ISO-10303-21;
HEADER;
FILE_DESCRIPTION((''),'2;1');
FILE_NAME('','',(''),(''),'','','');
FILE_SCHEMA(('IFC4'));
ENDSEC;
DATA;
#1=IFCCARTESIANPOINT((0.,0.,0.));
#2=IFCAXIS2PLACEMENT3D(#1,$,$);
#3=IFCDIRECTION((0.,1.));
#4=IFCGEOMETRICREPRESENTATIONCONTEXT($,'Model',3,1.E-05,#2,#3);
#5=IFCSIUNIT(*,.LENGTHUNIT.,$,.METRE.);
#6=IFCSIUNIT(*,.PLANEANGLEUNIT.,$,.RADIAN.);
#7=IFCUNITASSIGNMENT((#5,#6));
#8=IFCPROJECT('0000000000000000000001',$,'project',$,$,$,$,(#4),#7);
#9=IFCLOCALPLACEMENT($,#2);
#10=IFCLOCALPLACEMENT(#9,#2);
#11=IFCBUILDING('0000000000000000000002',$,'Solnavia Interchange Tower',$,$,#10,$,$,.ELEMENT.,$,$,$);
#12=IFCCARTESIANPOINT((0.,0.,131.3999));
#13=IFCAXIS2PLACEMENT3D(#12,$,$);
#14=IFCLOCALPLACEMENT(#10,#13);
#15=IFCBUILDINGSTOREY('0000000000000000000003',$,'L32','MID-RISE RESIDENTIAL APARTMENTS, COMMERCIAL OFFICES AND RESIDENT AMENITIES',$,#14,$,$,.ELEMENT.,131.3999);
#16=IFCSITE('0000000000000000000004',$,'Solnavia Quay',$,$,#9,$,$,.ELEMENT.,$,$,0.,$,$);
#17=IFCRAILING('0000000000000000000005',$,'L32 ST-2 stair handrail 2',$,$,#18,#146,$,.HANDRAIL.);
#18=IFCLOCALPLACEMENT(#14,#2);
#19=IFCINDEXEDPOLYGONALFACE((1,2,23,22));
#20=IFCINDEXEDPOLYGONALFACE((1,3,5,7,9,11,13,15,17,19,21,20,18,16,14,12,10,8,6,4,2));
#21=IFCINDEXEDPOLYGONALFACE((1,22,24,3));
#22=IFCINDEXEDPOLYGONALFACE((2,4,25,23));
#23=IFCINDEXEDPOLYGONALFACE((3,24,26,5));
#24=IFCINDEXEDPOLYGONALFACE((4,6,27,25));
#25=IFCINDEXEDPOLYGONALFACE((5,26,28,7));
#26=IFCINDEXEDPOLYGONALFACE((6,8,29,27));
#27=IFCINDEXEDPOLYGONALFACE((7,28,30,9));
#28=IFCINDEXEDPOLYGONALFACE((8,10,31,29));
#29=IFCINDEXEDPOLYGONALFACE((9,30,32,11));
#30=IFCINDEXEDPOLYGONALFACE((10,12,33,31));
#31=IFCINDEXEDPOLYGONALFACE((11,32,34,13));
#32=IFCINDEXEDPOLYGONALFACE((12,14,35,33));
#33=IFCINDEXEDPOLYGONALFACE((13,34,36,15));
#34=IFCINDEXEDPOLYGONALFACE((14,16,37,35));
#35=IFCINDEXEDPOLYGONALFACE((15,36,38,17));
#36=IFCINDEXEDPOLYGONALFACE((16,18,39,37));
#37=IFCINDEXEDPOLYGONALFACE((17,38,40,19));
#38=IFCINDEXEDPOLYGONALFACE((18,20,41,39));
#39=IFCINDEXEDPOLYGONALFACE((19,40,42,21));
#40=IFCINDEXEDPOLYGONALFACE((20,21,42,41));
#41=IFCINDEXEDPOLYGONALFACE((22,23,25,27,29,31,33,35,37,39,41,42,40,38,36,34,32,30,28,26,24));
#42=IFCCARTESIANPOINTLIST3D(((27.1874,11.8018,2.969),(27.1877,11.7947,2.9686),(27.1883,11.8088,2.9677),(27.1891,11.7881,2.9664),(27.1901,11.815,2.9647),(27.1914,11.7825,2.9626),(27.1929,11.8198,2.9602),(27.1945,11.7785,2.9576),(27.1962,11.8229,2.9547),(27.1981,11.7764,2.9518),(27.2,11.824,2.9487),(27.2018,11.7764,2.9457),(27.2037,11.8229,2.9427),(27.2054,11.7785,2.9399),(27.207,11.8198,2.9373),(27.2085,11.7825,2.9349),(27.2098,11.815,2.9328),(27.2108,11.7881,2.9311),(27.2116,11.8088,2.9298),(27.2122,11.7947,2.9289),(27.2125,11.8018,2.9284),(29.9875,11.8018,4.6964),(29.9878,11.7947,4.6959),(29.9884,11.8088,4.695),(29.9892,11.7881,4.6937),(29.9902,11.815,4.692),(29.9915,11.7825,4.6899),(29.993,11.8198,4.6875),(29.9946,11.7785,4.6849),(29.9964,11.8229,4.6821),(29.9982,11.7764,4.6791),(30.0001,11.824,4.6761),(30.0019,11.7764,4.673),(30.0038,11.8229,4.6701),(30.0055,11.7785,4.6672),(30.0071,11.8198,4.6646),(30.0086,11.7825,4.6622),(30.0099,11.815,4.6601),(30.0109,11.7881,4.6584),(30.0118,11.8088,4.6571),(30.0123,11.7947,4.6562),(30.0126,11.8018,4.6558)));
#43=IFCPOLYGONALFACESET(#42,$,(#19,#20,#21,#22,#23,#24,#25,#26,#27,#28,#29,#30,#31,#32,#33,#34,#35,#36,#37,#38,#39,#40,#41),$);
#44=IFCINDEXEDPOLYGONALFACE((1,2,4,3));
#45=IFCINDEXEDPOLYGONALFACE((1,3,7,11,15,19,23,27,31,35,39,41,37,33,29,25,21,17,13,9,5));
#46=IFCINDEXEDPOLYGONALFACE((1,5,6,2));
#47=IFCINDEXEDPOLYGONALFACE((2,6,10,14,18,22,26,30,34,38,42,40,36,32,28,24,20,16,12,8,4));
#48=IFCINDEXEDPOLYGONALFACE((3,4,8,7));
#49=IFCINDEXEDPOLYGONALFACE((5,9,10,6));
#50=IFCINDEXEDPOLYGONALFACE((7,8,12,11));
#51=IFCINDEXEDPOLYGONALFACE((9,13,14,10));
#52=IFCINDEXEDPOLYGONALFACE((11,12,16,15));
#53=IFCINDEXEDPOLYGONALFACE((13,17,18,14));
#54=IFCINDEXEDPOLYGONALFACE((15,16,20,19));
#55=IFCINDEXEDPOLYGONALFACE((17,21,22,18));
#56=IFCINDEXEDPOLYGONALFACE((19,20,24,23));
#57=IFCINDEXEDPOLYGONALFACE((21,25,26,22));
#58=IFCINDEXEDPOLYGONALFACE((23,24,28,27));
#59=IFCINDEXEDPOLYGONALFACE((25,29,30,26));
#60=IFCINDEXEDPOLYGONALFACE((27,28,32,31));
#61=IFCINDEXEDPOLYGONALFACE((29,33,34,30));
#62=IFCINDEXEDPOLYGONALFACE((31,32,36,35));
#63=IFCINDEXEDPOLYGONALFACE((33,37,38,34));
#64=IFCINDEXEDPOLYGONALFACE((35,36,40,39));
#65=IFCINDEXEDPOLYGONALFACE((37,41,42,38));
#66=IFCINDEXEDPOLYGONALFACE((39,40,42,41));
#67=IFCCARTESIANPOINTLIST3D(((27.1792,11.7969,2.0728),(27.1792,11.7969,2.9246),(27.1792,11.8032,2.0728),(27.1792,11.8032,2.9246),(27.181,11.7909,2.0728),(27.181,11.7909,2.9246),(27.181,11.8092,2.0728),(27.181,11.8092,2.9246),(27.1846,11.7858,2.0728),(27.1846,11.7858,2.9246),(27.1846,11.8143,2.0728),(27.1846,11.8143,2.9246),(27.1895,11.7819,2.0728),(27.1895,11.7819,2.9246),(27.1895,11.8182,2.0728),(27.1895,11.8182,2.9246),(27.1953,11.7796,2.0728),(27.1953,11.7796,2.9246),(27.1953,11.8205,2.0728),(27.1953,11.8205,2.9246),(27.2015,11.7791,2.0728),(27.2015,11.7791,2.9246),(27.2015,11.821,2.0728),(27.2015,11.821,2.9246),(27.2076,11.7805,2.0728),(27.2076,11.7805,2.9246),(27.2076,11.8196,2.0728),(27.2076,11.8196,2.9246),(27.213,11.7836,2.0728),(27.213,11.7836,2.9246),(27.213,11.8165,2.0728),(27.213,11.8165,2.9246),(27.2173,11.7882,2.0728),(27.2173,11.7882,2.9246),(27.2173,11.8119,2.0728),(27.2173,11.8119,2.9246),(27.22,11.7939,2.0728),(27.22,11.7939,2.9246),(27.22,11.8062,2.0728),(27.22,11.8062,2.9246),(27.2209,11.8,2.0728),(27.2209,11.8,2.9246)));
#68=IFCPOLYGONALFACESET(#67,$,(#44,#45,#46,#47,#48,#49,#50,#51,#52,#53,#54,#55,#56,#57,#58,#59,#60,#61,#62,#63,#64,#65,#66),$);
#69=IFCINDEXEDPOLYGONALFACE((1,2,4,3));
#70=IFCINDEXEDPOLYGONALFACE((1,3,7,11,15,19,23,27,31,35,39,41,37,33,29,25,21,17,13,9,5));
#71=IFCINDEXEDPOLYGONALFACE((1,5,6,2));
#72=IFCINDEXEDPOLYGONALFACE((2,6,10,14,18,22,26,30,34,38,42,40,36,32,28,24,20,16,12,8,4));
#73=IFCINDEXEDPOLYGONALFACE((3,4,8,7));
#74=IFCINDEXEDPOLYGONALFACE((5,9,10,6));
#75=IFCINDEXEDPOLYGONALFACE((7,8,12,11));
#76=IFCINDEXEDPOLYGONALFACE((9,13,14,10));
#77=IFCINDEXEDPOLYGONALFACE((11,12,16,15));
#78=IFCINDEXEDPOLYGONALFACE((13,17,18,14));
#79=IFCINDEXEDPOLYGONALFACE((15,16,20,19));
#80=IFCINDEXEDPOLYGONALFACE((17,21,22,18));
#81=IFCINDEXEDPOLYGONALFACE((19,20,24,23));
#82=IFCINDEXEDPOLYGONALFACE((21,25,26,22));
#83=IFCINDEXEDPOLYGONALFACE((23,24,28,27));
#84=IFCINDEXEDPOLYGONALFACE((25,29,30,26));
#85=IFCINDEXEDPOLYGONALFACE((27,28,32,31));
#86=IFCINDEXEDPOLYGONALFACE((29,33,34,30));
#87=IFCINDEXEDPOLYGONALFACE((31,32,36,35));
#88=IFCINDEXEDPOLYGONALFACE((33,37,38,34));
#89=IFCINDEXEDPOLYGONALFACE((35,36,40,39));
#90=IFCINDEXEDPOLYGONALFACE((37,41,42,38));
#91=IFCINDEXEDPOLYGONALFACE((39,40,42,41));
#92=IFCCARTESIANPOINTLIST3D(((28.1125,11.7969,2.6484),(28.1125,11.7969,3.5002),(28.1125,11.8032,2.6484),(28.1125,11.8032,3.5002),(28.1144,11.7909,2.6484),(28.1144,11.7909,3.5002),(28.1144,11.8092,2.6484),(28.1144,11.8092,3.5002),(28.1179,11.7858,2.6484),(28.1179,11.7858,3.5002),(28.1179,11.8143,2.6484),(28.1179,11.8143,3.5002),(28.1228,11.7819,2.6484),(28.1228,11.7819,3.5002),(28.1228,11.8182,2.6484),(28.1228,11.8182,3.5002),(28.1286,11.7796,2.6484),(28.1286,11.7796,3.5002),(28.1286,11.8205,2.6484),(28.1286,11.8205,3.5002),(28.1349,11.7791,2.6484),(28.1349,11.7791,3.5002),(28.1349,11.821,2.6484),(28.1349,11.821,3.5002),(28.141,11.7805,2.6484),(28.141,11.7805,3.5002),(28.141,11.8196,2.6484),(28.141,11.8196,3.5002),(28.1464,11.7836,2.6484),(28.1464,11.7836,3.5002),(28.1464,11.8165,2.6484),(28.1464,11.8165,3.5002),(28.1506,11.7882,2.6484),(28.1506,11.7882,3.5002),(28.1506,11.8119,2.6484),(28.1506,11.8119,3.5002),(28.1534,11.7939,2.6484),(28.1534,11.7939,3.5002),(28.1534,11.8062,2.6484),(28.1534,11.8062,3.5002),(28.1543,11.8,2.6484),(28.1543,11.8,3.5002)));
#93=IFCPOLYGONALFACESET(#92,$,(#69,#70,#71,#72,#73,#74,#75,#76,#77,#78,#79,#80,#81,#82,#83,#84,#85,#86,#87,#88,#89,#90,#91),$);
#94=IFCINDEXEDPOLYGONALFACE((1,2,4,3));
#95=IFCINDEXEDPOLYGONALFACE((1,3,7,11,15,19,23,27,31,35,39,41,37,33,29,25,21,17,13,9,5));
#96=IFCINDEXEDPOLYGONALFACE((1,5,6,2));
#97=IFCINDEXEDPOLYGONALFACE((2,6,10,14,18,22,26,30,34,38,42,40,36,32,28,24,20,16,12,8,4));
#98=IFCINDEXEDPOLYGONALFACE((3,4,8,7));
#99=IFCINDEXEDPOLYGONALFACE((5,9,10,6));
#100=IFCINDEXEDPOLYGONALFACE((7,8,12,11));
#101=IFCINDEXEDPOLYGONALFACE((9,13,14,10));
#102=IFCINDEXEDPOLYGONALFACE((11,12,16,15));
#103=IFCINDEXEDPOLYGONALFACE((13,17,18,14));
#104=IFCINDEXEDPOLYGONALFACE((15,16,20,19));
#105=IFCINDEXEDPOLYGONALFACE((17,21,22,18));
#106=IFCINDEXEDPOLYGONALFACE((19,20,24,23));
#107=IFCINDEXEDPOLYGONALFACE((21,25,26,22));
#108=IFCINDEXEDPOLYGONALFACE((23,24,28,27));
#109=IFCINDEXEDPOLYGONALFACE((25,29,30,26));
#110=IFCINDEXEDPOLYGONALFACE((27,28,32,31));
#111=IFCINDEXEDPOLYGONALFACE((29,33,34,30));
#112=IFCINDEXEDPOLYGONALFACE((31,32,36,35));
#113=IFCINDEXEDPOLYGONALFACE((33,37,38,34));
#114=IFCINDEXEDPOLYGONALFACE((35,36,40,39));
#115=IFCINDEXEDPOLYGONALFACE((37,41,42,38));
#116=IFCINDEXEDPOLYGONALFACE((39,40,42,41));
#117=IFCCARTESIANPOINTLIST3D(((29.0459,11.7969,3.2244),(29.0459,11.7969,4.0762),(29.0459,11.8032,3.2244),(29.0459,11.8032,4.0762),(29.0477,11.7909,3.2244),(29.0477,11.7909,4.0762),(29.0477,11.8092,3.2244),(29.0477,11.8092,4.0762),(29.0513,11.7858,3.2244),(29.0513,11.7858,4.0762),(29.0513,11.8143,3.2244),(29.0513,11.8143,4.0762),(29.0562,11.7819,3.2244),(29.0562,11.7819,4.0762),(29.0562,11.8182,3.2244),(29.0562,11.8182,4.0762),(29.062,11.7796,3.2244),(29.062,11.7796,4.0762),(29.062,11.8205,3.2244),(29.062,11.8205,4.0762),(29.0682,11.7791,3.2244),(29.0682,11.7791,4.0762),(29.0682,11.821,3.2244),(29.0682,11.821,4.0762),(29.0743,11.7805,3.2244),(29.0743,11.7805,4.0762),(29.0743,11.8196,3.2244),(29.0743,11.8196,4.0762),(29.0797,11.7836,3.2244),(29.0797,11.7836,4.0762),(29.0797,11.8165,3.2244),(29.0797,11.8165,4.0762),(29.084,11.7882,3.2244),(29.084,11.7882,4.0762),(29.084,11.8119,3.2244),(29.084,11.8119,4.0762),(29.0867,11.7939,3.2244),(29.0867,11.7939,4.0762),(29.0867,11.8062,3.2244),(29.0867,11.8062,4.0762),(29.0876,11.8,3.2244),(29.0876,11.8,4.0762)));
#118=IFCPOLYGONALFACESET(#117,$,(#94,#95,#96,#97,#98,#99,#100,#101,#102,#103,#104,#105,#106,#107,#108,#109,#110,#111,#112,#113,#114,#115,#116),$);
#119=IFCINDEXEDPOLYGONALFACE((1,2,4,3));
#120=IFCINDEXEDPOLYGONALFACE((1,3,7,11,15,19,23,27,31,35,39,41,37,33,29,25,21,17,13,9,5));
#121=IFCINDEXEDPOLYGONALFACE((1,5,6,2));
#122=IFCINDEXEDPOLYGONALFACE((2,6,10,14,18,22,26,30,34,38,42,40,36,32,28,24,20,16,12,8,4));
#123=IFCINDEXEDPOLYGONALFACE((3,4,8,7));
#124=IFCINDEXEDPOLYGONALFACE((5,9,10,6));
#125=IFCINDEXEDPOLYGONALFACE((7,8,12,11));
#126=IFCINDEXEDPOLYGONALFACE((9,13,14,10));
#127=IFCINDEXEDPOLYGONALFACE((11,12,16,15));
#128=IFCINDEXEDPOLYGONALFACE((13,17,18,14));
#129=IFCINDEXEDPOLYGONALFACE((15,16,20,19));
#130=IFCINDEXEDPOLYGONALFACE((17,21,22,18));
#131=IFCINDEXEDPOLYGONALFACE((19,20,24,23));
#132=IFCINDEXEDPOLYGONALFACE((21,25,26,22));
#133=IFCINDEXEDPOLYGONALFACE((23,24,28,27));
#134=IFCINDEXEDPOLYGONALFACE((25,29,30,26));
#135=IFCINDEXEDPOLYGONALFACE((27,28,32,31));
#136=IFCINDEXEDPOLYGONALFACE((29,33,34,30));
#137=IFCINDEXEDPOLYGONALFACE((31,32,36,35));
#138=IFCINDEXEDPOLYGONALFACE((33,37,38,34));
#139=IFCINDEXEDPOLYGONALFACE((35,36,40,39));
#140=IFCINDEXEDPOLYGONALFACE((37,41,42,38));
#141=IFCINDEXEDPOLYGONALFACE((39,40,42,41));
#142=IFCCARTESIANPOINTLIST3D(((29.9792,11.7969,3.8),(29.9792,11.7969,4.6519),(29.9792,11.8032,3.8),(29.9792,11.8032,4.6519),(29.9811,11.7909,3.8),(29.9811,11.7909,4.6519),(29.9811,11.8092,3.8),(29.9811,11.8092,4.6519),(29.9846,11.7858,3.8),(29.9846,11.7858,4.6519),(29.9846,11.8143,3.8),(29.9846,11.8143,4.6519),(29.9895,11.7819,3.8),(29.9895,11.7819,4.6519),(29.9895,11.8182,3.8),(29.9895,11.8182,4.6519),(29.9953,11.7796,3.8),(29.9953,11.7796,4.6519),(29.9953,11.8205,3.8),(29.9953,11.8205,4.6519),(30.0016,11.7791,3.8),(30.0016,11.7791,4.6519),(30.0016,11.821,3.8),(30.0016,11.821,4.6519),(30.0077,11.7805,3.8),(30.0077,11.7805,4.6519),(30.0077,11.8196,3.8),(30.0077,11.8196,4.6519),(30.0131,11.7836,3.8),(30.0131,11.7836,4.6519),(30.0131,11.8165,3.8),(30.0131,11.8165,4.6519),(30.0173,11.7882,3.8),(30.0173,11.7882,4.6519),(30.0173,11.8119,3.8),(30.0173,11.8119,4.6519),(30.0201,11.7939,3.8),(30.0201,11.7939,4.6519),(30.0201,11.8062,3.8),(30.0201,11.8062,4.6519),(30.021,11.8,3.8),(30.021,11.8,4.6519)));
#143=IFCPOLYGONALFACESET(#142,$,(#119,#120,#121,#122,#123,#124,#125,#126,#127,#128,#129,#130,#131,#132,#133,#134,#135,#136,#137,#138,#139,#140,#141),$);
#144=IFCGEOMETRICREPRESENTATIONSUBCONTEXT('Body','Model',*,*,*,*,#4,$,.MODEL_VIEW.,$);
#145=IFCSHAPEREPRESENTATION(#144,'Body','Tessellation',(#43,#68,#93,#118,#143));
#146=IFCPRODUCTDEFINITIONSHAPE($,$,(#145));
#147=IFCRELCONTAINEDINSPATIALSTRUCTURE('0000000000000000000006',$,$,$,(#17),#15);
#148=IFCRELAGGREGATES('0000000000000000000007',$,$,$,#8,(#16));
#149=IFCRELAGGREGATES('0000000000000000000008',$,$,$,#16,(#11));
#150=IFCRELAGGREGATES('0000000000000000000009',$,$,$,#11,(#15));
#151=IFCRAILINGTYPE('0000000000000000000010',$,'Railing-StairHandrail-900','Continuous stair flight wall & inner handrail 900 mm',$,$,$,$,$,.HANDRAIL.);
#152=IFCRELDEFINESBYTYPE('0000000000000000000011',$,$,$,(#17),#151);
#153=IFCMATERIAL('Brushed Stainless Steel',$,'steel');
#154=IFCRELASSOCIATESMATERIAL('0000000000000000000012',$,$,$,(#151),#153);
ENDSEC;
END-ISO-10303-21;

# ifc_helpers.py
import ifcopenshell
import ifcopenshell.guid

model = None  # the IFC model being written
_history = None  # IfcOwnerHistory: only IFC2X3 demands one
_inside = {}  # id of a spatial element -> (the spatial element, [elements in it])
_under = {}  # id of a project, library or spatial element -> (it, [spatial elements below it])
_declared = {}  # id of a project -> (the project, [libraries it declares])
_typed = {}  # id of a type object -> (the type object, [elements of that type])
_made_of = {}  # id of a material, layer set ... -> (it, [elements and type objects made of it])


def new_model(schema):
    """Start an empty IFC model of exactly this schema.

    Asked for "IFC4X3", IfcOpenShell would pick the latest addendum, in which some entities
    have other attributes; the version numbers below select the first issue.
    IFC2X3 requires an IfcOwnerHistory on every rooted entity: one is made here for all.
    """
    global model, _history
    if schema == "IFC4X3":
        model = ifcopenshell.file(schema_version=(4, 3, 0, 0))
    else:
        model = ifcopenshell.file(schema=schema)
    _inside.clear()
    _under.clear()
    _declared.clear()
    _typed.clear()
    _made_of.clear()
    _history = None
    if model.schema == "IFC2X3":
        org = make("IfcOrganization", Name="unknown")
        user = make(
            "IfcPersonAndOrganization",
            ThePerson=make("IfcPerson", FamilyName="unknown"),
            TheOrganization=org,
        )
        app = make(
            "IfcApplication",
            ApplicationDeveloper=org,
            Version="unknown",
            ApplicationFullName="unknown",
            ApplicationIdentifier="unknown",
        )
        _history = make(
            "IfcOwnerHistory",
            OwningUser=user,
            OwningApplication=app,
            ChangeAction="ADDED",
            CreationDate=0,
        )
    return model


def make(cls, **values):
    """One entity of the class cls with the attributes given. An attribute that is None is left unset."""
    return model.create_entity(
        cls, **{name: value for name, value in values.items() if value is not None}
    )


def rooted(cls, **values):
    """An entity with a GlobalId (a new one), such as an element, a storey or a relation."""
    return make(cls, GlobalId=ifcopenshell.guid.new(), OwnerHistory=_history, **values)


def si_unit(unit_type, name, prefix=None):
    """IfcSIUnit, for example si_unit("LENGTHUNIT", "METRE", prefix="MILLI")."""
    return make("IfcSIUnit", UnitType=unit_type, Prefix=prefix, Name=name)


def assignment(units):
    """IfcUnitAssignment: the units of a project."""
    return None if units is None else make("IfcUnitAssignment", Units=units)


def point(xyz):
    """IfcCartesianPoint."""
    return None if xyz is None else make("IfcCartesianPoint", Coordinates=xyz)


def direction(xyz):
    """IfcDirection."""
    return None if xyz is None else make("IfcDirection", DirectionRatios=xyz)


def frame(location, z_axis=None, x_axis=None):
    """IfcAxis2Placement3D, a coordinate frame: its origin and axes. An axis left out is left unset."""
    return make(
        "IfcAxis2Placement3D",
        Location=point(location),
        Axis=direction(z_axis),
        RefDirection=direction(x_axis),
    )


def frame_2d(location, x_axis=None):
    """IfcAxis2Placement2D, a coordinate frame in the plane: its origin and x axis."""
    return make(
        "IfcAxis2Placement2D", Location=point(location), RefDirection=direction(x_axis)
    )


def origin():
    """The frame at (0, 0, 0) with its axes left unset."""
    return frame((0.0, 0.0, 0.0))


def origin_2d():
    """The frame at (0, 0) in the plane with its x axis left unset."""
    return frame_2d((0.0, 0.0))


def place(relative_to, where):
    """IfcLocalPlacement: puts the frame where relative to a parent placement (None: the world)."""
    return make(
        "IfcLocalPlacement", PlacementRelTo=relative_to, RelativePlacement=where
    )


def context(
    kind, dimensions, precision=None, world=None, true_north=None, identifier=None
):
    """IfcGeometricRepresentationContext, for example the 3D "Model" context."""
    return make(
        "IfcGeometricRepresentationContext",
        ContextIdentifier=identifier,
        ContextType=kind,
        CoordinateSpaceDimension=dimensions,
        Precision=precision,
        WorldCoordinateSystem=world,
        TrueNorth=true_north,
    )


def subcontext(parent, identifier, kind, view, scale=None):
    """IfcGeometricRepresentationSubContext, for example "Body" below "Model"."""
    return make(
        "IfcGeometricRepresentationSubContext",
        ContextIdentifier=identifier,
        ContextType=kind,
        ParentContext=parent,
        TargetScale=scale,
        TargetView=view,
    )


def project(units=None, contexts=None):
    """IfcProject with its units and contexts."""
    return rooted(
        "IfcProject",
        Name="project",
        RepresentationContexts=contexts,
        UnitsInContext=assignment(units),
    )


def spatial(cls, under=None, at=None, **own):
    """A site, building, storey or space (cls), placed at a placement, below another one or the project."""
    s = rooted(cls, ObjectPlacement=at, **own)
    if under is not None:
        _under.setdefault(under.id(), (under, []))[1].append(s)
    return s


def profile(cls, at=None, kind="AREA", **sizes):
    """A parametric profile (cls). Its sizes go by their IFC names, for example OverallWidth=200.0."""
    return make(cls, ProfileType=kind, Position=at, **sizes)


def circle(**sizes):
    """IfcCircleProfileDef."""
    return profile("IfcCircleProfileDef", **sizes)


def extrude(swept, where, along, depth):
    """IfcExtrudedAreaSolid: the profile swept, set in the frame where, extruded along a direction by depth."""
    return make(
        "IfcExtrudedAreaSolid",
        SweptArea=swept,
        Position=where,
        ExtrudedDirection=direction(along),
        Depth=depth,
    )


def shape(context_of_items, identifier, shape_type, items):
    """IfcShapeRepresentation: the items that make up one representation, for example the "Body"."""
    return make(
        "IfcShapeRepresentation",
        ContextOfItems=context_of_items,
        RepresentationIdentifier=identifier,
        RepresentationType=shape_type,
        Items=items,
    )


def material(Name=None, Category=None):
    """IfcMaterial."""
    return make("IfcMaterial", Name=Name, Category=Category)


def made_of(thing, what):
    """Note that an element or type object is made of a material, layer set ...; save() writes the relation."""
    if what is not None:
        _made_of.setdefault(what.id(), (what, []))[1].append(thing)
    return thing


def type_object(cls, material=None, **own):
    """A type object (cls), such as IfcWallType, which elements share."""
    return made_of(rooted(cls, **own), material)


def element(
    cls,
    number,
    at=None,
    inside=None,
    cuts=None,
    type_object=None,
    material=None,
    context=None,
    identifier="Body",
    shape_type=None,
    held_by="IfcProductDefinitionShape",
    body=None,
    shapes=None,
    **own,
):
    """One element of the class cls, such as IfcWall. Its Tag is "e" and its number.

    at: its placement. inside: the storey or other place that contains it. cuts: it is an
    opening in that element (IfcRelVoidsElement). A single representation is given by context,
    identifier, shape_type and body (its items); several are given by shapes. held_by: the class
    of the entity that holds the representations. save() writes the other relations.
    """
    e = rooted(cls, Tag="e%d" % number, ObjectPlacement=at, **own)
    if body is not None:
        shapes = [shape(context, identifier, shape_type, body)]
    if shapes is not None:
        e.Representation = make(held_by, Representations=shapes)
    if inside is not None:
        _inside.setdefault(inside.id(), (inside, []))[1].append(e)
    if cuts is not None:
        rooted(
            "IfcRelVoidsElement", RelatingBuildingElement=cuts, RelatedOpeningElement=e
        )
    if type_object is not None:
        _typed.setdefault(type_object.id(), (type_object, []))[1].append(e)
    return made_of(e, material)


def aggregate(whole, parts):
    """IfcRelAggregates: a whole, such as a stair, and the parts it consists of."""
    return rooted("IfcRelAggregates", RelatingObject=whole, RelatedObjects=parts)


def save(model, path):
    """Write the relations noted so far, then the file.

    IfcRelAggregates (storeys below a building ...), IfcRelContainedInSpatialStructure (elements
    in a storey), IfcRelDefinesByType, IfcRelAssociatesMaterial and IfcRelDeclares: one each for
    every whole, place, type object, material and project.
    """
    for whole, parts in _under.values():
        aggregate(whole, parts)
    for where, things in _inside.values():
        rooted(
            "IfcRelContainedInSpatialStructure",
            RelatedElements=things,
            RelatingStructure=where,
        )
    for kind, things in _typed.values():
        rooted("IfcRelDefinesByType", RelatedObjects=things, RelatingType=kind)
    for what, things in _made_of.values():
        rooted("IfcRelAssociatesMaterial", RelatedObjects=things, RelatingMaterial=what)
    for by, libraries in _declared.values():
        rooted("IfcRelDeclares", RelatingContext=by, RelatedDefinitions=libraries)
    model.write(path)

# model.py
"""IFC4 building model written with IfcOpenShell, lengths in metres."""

from ifc_helpers import new_model, si_unit, direction, frame, origin, origin_2d, place, context, subcontext, project, spatial, circle, extrude, material, type_object, element, save


model = new_model("IFC4")

# Units and contexts
model_context = context("Model", 3, precision=1e-05, world=origin(), true_north=direction((0.0, 1.0)))
body_context = subcontext(model_context, "Body", "Model", "MODEL_VIEW")
ifc_project = project(units=[si_unit("LENGTHUNIT", "METRE"), si_unit("PLANEANGLEUNIT", "RADIAN")], contexts=[model_context])

# Site, building, storey
site_placement = place(None, origin())
site = spatial("IfcSite", under=ifc_project, at=site_placement, Name="Solnavia Quay", CompositionType="ELEMENT", RefElevation=0.0)
building_placement = place(site_placement, origin())
building = spatial("IfcBuilding", under=site, at=building_placement, Name="Solnavia Interchange Tower", CompositionType="ELEMENT")
storey_placement = place(building_placement, frame((0.0, 0.0, 131.3999)))
storey = spatial("IfcBuildingStorey", under=building, at=storey_placement, Name="L32", Description="MID-RISE RESIDENTIAL APARTMENTS, COMMERCIAL OFFICES AND RESIDENT AMENITIES", CompositionType="ELEMENT", Elevation=131.3999)

# Railing
ifc_material_1 = material(Name="Brushed Stainless Steel", Category="steel")
railing_type_1 = type_object("IfcRailingType", Name="Railing-StairHandrail-900", Description="Continuous stair flight wall & inner handrail 900 mm", PredefinedType="HANDRAIL", material=ifc_material_1)
railing_1_placement = place(storey_placement, frame((27.2, 11.8, 2.0728)))
element("IfcRailing", 1, at=railing_1_placement, inside=storey, type_object=railing_type_1, Name="L32 ST-2 stair handrail 2", PredefinedType="HANDRAIL", context=body_context, shape_type="SweptSolid", body=[
    extrude(circle(Radius=0.0239, at=origin_2d()), frame((0.0, 0.0, 0.876), z_axis=(0.85109, 0.0, 0.52502), x_axis=(0.0, 1.0, 0.0)), (0.0, 0.0, 1.0), 3.29),
    extrude(circle(Radius=0.021, at=origin_2d()), origin(), (0.0, 0.0, 1.0), 0.8518),
    extrude(circle(Radius=0.021, at=origin_2d()), frame((0.9333, 0.0, 0.5757)), (0.0, 0.0, 1.0), 0.8518),
    extrude(circle(Radius=0.021, at=origin_2d()), frame((1.8667, 0.0, 1.1516)), (0.0, 0.0, 1.0), 0.8518),
    extrude(circle(Radius=0.021, at=origin_2d()), frame((2.8, 0.0, 1.7273)), (0.0, 0.0, 1.0), 0.8518),
])

save(model, "model.ifc")
